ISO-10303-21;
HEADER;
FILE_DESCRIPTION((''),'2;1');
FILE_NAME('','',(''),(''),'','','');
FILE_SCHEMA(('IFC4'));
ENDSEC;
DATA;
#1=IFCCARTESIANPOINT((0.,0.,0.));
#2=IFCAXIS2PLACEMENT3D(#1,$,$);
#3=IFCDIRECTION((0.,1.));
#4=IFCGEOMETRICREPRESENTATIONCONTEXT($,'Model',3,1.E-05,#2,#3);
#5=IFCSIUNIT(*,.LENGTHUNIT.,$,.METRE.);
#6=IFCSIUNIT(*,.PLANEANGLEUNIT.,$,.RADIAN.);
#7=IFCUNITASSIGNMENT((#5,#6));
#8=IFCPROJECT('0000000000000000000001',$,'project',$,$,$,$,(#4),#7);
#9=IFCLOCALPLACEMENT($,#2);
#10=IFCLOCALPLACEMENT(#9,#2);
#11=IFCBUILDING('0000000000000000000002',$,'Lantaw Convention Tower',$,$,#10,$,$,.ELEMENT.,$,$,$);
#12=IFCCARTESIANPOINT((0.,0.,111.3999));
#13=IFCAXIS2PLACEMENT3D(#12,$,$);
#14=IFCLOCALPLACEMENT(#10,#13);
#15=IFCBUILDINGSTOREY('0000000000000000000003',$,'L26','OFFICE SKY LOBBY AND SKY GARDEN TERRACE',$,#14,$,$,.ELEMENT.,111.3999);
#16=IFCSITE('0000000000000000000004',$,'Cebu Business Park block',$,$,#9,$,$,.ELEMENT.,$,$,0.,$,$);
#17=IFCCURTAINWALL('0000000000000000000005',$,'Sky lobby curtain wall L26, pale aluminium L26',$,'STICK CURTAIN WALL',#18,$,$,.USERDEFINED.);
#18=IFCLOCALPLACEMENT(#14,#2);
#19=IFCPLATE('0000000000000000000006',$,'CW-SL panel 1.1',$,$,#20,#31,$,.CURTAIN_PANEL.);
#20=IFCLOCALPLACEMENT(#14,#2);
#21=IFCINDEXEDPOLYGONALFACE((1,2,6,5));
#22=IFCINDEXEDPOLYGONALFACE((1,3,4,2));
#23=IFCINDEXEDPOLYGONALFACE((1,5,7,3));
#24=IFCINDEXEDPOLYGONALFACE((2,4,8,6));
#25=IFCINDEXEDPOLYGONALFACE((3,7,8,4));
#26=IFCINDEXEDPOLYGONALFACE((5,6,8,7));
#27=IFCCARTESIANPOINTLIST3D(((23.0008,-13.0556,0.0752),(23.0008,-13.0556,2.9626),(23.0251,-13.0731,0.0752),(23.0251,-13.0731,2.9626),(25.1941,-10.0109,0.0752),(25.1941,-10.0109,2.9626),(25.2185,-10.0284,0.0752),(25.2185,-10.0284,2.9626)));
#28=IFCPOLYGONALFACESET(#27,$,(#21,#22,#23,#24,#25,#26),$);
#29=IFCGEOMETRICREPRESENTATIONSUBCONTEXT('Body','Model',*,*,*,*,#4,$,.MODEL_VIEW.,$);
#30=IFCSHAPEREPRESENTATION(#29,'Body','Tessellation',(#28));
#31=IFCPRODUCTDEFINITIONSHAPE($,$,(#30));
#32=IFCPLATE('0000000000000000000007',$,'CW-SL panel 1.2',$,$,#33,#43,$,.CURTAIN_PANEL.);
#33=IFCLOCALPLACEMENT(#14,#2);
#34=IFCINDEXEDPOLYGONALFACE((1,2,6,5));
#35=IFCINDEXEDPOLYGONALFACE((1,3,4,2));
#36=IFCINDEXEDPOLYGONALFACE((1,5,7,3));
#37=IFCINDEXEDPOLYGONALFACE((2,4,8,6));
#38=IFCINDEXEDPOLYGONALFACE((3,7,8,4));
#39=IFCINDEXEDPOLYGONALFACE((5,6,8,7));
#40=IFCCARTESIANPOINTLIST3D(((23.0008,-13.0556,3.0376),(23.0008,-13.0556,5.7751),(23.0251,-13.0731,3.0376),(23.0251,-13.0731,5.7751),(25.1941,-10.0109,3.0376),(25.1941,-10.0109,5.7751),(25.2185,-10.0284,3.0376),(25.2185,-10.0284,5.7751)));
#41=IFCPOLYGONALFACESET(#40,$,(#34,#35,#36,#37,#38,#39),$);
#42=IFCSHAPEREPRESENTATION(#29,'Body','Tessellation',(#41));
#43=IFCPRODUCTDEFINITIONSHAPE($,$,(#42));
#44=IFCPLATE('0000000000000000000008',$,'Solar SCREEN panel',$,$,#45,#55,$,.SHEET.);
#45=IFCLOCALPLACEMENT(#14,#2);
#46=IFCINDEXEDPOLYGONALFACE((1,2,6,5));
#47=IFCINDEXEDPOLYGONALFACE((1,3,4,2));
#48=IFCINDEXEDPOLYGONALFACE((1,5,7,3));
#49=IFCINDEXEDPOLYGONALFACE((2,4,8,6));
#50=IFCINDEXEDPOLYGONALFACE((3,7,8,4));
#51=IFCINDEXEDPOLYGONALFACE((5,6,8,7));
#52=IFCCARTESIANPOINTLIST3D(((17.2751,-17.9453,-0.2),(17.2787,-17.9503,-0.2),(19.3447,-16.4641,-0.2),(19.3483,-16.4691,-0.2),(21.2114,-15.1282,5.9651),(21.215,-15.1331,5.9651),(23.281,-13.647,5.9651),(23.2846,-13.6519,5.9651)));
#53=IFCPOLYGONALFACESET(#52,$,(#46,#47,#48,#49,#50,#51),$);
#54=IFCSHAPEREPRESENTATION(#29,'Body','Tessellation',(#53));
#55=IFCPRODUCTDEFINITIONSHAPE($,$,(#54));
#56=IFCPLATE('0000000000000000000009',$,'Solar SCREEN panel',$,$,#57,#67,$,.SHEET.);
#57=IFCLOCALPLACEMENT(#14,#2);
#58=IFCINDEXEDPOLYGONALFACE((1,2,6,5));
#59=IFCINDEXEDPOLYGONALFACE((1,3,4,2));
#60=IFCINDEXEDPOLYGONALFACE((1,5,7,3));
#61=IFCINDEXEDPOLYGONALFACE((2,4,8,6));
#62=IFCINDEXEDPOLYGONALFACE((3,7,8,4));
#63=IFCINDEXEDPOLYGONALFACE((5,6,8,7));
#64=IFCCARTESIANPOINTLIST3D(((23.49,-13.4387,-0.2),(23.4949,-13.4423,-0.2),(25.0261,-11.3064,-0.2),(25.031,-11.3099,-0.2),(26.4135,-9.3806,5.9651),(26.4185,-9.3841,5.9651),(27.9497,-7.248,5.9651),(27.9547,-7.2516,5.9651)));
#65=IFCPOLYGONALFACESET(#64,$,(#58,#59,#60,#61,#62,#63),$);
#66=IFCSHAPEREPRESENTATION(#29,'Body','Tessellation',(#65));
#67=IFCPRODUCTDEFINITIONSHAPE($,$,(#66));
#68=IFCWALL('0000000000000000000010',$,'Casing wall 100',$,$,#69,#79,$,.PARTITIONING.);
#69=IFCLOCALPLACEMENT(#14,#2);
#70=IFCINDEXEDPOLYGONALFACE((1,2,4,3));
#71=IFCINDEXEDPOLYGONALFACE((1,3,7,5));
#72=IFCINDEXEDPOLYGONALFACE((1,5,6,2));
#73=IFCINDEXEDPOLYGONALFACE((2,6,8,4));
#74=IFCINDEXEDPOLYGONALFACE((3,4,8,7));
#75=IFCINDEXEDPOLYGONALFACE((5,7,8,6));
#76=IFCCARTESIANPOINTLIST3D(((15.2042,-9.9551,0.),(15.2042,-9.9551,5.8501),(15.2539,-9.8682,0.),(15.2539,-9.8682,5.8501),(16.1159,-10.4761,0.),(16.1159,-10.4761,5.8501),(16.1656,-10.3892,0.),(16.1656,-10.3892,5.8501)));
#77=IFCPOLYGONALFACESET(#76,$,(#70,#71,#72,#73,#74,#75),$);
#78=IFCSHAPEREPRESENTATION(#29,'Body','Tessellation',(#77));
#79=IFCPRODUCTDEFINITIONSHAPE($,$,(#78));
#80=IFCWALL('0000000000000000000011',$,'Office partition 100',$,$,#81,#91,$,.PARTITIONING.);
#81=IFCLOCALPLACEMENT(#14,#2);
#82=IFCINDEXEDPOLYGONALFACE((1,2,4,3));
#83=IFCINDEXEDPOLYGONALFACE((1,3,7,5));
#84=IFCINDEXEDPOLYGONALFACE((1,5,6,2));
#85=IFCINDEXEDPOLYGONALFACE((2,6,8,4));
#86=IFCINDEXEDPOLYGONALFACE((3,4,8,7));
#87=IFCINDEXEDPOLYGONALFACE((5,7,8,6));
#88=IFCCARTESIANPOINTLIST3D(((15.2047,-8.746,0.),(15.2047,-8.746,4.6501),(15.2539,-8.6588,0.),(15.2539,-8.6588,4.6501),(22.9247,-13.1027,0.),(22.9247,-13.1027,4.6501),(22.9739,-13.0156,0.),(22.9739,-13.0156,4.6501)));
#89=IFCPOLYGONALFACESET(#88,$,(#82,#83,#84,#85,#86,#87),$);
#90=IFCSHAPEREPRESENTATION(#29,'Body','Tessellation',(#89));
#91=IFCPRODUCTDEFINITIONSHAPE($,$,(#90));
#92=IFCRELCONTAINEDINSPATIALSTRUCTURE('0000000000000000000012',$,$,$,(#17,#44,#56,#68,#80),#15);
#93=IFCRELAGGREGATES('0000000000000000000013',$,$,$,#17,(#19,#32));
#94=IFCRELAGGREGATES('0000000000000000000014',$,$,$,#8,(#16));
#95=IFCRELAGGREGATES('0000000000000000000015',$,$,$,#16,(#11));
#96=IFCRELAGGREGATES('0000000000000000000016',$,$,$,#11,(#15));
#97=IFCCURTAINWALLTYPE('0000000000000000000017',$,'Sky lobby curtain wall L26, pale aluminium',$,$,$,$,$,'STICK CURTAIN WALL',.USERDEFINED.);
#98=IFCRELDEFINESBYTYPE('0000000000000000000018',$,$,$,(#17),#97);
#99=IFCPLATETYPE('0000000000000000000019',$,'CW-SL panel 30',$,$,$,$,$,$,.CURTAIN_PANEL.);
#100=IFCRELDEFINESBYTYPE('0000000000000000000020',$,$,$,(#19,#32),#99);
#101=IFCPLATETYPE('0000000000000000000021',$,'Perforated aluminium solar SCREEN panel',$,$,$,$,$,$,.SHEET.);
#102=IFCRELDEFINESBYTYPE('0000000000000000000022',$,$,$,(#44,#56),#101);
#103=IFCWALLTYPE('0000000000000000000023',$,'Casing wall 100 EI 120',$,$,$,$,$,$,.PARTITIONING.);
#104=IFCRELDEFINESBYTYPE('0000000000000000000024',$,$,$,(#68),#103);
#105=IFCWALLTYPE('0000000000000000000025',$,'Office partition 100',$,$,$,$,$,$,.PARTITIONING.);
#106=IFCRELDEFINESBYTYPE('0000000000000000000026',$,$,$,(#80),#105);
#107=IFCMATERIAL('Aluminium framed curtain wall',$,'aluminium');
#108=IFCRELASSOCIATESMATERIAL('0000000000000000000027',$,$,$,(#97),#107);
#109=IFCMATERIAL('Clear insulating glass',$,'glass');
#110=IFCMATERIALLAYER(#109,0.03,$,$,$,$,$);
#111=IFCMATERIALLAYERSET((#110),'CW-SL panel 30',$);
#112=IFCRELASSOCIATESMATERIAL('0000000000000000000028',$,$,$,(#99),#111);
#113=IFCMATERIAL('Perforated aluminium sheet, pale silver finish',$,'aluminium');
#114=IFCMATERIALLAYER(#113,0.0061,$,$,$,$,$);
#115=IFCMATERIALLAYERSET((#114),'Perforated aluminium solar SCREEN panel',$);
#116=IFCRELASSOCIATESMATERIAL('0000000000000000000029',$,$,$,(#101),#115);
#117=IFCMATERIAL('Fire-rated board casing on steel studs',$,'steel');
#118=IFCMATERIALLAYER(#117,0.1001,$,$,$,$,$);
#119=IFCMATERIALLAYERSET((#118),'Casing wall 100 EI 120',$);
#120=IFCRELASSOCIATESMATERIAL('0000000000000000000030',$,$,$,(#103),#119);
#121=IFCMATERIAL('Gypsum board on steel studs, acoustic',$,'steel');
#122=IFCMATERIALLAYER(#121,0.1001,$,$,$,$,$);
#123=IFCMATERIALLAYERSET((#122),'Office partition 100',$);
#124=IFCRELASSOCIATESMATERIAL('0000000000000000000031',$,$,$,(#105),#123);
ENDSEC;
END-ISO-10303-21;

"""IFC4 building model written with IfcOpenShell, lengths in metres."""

from ifc_helpers import new_model, si_unit, direction, frame, frame_2d, origin, origin_2d, place, context, subcontext, project, spatial, polyline, rectangle, outline, extrude, material, layer, layer_set, type_object, element, aggregate, save


model = new_model("IFC4")

# Units and contexts
model_context = context("Model", 3, precision=1e-05, world=origin(), true_north=direction((0.0, 1.0)))
body_context = subcontext(model_context, "Body", "Model", "MODEL_VIEW")
ifc_project = project(units=[si_unit("LENGTHUNIT", "METRE"), si_unit("PLANEANGLEUNIT", "RADIAN")], contexts=[model_context])

# Site, building, storey
site_placement = place(None, origin())
site = spatial("IfcSite", under=ifc_project, at=site_placement, Name="Cebu Business Park block", CompositionType="ELEMENT", RefElevation=0.0)
building_placement = place(site_placement, origin())
building = spatial("IfcBuilding", under=site, at=building_placement, Name="Lantaw Convention Tower", CompositionType="ELEMENT")
storey_placement = place(building_placement, frame((0.0, 0.0, 111.3999)))
storey = spatial("IfcBuildingStorey", under=building, at=storey_placement, Name="L26", Description="OFFICE SKY LOBBY AND SKY GARDEN TERRACE", CompositionType="ELEMENT", Elevation=111.3999)

# Shared definitions
ifc_material_1 = material(Name="Aluminium framed curtain wall", Category="aluminium")
curtain_wall_type = type_object("IfcCurtainWallType", Name="Sky lobby curtain wall L26, pale aluminium", ElementType="STICK CURTAIN WALL", PredefinedType="USERDEFINED", material=ifc_material_1)

# Curtain wall
curtain_wall_1_placement = place(storey_placement, origin())
curtain_wall_1 = element("IfcCurtainWall", 1, at=curtain_wall_1_placement, inside=storey, type_object=curtain_wall_type, Name="Sky lobby curtain wall L26, pale aluminium L26", ObjectType="STICK CURTAIN WALL", PredefinedType="USERDEFINED")

# Plates
ifc_material_2 = material(Name="Clear insulating glass", Category="glass")
ifc_layer_1 = layer(ifc_material_2, 0.03)
ifc_layer_set_1 = layer_set([ifc_layer_1], Name="CW-SL panel 30")
plate_type_1 = type_object("IfcPlateType", Name="CW-SL panel 30", PredefinedType="CURTAIN_PANEL", material=ifc_layer_set_1)
plate_1_placement = place(storey_placement, frame((24.1096, -11.542, 0.0752), z_axis=(0.0, 0.0, 1.0), x_axis=(0.584513, 0.811385, 0.0)))
plate_1 = element("IfcPlate", 2, at=plate_1_placement, type_object=plate_type_1, Name="CW-SL panel 1.1", PredefinedType="CURTAIN_PANEL", context=body_context, shape_type="SweptSolid", body=[
    extrude(rectangle(XDim=3.7524, YDim=0.03, at=origin_2d()), origin(), (0.0, 0.0, 1.0), 2.8875),
])
plate_2_placement = place(storey_placement, frame((24.1096, -11.542, 3.0376), z_axis=(0.0, 0.0, 1.0), x_axis=(0.584513, 0.811385, 0.0)))
plate_2 = element("IfcPlate", 3, at=plate_2_placement, type_object=plate_type_1, Name="CW-SL panel 1.2", PredefinedType="CURTAIN_PANEL", context=body_context, shape_type="SweptSolid", body=[
    extrude(rectangle(XDim=3.7524, YDim=0.03, at=origin_2d()), origin(), (0.0, 0.0, 1.0), 2.7375),
])
aggregate(curtain_wall_1, [plate_1, plate_2])

# Plates
ifc_material_3 = material(Name="Perforated aluminium sheet, pale silver finish", Category="aluminium")
ifc_layer_2 = layer(ifc_material_3, 0.0061)
ifc_layer_set_2 = layer_set([ifc_layer_2], Name="Perforated aluminium solar SCREEN panel")
plate_type_2 = type_object("IfcPlateType", Name="Perforated aluminium solar SCREEN panel", PredefinedType="SHEET", material=ifc_layer_set_2)
plate_3_placement = place(storey_placement, frame((17.2751, -17.9453, -0.2), z_axis=(-0.582, 0.813189, 0.000008), x_axis=(0.813189, 0.582, 0.0)))
element("IfcPlate", 4, at=plate_3_placement, inside=storey, type_object=plate_type_2, Name="Solar SCREEN panel", PredefinedType="SHEET", context=body_context, shape_type="SweptSolid", body=[
    extrude(outline(polyline([(0.0, 0.0), (2.545, 0.0), (7.3855, -6.165), (4.8405, -6.165), (0.0, 0.0)])), origin(), (0.0, 0.0, -1.0), 0.0061),
])
plate_4_placement = place(storey_placement, frame((23.49, -13.4387, -0.2), z_axis=(-0.811395, 0.584498, 0.000025), x_axis=(0.584498, 0.811395, 0.0)))
element("IfcPlate", 5, at=plate_4_placement, inside=storey, type_object=plate_type_2, Name="Solar SCREEN panel", PredefinedType="SHEET", context=body_context, shape_type="SweptSolid", body=[
    extrude(outline(polyline([(0.0, 0.0), (2.628, 0.0), (7.6298, -6.165), (5.0016, -6.165), (0.0, 0.0)])), origin(), (0.0, 0.0, -1.0), 0.0061),
])

# Walls
ifc_material_4 = material(Name="Fire-rated board casing on steel studs", Category="steel")
ifc_layer_3 = layer(ifc_material_4, 0.1001)
ifc_layer_set_3 = layer_set([ifc_layer_3], Name="Casing wall 100 EI 120")
wall_type_1 = type_object("IfcWallType", Name="Casing wall 100 EI 120", PredefinedType="PARTITIONING", material=ifc_layer_set_3)
wall_1_placement = place(storey_placement, frame((16.1406, -10.4326, 0.0), z_axis=(0.0, 0.0, 1.0), x_axis=(-0.868215, 0.496189, 0.0)))
element("IfcWall", 6, at=wall_1_placement, inside=storey, type_object=wall_type_1, Name="Casing wall 100", PredefinedType="PARTITIONING", context=body_context, shape_type="SweptSolid", body=[
    extrude(rectangle(XDim=1.05, YDim=0.1001, at=frame_2d((0.5249, 0.0))), origin(), (0.0, 0.0, 1.0), 5.8501),
])
ifc_material_5 = material(Name="Gypsum board on steel studs, acoustic", Category="steel")
ifc_layer_4 = layer(ifc_material_5, 0.1001)
ifc_layer_set_4 = layer_set([ifc_layer_4], Name="Office partition 100")
wall_type_2 = type_object("IfcWallType", Name="Office partition 100", PredefinedType="PARTITIONING", material=ifc_layer_set_4)
wall_2_placement = place(storey_placement, frame((22.9492, -13.0591, 0.0), z_axis=(0.0, 0.0, 1.0), x_axis=(-0.87089, 0.491478, 0.0)))
element("IfcWall", 7, at=wall_2_placement, inside=storey, type_object=wall_type_2, Name="Office partition 100", PredefinedType="PARTITIONING", context=body_context, shape_type="SweptSolid", body=[
    extrude(rectangle(XDim=8.8645, YDim=0.1001, at=frame_2d((4.4321, 0.0))), origin(), (0.0, 0.0, 1.0), 4.6501),
])

save(model, "model.ifc")
